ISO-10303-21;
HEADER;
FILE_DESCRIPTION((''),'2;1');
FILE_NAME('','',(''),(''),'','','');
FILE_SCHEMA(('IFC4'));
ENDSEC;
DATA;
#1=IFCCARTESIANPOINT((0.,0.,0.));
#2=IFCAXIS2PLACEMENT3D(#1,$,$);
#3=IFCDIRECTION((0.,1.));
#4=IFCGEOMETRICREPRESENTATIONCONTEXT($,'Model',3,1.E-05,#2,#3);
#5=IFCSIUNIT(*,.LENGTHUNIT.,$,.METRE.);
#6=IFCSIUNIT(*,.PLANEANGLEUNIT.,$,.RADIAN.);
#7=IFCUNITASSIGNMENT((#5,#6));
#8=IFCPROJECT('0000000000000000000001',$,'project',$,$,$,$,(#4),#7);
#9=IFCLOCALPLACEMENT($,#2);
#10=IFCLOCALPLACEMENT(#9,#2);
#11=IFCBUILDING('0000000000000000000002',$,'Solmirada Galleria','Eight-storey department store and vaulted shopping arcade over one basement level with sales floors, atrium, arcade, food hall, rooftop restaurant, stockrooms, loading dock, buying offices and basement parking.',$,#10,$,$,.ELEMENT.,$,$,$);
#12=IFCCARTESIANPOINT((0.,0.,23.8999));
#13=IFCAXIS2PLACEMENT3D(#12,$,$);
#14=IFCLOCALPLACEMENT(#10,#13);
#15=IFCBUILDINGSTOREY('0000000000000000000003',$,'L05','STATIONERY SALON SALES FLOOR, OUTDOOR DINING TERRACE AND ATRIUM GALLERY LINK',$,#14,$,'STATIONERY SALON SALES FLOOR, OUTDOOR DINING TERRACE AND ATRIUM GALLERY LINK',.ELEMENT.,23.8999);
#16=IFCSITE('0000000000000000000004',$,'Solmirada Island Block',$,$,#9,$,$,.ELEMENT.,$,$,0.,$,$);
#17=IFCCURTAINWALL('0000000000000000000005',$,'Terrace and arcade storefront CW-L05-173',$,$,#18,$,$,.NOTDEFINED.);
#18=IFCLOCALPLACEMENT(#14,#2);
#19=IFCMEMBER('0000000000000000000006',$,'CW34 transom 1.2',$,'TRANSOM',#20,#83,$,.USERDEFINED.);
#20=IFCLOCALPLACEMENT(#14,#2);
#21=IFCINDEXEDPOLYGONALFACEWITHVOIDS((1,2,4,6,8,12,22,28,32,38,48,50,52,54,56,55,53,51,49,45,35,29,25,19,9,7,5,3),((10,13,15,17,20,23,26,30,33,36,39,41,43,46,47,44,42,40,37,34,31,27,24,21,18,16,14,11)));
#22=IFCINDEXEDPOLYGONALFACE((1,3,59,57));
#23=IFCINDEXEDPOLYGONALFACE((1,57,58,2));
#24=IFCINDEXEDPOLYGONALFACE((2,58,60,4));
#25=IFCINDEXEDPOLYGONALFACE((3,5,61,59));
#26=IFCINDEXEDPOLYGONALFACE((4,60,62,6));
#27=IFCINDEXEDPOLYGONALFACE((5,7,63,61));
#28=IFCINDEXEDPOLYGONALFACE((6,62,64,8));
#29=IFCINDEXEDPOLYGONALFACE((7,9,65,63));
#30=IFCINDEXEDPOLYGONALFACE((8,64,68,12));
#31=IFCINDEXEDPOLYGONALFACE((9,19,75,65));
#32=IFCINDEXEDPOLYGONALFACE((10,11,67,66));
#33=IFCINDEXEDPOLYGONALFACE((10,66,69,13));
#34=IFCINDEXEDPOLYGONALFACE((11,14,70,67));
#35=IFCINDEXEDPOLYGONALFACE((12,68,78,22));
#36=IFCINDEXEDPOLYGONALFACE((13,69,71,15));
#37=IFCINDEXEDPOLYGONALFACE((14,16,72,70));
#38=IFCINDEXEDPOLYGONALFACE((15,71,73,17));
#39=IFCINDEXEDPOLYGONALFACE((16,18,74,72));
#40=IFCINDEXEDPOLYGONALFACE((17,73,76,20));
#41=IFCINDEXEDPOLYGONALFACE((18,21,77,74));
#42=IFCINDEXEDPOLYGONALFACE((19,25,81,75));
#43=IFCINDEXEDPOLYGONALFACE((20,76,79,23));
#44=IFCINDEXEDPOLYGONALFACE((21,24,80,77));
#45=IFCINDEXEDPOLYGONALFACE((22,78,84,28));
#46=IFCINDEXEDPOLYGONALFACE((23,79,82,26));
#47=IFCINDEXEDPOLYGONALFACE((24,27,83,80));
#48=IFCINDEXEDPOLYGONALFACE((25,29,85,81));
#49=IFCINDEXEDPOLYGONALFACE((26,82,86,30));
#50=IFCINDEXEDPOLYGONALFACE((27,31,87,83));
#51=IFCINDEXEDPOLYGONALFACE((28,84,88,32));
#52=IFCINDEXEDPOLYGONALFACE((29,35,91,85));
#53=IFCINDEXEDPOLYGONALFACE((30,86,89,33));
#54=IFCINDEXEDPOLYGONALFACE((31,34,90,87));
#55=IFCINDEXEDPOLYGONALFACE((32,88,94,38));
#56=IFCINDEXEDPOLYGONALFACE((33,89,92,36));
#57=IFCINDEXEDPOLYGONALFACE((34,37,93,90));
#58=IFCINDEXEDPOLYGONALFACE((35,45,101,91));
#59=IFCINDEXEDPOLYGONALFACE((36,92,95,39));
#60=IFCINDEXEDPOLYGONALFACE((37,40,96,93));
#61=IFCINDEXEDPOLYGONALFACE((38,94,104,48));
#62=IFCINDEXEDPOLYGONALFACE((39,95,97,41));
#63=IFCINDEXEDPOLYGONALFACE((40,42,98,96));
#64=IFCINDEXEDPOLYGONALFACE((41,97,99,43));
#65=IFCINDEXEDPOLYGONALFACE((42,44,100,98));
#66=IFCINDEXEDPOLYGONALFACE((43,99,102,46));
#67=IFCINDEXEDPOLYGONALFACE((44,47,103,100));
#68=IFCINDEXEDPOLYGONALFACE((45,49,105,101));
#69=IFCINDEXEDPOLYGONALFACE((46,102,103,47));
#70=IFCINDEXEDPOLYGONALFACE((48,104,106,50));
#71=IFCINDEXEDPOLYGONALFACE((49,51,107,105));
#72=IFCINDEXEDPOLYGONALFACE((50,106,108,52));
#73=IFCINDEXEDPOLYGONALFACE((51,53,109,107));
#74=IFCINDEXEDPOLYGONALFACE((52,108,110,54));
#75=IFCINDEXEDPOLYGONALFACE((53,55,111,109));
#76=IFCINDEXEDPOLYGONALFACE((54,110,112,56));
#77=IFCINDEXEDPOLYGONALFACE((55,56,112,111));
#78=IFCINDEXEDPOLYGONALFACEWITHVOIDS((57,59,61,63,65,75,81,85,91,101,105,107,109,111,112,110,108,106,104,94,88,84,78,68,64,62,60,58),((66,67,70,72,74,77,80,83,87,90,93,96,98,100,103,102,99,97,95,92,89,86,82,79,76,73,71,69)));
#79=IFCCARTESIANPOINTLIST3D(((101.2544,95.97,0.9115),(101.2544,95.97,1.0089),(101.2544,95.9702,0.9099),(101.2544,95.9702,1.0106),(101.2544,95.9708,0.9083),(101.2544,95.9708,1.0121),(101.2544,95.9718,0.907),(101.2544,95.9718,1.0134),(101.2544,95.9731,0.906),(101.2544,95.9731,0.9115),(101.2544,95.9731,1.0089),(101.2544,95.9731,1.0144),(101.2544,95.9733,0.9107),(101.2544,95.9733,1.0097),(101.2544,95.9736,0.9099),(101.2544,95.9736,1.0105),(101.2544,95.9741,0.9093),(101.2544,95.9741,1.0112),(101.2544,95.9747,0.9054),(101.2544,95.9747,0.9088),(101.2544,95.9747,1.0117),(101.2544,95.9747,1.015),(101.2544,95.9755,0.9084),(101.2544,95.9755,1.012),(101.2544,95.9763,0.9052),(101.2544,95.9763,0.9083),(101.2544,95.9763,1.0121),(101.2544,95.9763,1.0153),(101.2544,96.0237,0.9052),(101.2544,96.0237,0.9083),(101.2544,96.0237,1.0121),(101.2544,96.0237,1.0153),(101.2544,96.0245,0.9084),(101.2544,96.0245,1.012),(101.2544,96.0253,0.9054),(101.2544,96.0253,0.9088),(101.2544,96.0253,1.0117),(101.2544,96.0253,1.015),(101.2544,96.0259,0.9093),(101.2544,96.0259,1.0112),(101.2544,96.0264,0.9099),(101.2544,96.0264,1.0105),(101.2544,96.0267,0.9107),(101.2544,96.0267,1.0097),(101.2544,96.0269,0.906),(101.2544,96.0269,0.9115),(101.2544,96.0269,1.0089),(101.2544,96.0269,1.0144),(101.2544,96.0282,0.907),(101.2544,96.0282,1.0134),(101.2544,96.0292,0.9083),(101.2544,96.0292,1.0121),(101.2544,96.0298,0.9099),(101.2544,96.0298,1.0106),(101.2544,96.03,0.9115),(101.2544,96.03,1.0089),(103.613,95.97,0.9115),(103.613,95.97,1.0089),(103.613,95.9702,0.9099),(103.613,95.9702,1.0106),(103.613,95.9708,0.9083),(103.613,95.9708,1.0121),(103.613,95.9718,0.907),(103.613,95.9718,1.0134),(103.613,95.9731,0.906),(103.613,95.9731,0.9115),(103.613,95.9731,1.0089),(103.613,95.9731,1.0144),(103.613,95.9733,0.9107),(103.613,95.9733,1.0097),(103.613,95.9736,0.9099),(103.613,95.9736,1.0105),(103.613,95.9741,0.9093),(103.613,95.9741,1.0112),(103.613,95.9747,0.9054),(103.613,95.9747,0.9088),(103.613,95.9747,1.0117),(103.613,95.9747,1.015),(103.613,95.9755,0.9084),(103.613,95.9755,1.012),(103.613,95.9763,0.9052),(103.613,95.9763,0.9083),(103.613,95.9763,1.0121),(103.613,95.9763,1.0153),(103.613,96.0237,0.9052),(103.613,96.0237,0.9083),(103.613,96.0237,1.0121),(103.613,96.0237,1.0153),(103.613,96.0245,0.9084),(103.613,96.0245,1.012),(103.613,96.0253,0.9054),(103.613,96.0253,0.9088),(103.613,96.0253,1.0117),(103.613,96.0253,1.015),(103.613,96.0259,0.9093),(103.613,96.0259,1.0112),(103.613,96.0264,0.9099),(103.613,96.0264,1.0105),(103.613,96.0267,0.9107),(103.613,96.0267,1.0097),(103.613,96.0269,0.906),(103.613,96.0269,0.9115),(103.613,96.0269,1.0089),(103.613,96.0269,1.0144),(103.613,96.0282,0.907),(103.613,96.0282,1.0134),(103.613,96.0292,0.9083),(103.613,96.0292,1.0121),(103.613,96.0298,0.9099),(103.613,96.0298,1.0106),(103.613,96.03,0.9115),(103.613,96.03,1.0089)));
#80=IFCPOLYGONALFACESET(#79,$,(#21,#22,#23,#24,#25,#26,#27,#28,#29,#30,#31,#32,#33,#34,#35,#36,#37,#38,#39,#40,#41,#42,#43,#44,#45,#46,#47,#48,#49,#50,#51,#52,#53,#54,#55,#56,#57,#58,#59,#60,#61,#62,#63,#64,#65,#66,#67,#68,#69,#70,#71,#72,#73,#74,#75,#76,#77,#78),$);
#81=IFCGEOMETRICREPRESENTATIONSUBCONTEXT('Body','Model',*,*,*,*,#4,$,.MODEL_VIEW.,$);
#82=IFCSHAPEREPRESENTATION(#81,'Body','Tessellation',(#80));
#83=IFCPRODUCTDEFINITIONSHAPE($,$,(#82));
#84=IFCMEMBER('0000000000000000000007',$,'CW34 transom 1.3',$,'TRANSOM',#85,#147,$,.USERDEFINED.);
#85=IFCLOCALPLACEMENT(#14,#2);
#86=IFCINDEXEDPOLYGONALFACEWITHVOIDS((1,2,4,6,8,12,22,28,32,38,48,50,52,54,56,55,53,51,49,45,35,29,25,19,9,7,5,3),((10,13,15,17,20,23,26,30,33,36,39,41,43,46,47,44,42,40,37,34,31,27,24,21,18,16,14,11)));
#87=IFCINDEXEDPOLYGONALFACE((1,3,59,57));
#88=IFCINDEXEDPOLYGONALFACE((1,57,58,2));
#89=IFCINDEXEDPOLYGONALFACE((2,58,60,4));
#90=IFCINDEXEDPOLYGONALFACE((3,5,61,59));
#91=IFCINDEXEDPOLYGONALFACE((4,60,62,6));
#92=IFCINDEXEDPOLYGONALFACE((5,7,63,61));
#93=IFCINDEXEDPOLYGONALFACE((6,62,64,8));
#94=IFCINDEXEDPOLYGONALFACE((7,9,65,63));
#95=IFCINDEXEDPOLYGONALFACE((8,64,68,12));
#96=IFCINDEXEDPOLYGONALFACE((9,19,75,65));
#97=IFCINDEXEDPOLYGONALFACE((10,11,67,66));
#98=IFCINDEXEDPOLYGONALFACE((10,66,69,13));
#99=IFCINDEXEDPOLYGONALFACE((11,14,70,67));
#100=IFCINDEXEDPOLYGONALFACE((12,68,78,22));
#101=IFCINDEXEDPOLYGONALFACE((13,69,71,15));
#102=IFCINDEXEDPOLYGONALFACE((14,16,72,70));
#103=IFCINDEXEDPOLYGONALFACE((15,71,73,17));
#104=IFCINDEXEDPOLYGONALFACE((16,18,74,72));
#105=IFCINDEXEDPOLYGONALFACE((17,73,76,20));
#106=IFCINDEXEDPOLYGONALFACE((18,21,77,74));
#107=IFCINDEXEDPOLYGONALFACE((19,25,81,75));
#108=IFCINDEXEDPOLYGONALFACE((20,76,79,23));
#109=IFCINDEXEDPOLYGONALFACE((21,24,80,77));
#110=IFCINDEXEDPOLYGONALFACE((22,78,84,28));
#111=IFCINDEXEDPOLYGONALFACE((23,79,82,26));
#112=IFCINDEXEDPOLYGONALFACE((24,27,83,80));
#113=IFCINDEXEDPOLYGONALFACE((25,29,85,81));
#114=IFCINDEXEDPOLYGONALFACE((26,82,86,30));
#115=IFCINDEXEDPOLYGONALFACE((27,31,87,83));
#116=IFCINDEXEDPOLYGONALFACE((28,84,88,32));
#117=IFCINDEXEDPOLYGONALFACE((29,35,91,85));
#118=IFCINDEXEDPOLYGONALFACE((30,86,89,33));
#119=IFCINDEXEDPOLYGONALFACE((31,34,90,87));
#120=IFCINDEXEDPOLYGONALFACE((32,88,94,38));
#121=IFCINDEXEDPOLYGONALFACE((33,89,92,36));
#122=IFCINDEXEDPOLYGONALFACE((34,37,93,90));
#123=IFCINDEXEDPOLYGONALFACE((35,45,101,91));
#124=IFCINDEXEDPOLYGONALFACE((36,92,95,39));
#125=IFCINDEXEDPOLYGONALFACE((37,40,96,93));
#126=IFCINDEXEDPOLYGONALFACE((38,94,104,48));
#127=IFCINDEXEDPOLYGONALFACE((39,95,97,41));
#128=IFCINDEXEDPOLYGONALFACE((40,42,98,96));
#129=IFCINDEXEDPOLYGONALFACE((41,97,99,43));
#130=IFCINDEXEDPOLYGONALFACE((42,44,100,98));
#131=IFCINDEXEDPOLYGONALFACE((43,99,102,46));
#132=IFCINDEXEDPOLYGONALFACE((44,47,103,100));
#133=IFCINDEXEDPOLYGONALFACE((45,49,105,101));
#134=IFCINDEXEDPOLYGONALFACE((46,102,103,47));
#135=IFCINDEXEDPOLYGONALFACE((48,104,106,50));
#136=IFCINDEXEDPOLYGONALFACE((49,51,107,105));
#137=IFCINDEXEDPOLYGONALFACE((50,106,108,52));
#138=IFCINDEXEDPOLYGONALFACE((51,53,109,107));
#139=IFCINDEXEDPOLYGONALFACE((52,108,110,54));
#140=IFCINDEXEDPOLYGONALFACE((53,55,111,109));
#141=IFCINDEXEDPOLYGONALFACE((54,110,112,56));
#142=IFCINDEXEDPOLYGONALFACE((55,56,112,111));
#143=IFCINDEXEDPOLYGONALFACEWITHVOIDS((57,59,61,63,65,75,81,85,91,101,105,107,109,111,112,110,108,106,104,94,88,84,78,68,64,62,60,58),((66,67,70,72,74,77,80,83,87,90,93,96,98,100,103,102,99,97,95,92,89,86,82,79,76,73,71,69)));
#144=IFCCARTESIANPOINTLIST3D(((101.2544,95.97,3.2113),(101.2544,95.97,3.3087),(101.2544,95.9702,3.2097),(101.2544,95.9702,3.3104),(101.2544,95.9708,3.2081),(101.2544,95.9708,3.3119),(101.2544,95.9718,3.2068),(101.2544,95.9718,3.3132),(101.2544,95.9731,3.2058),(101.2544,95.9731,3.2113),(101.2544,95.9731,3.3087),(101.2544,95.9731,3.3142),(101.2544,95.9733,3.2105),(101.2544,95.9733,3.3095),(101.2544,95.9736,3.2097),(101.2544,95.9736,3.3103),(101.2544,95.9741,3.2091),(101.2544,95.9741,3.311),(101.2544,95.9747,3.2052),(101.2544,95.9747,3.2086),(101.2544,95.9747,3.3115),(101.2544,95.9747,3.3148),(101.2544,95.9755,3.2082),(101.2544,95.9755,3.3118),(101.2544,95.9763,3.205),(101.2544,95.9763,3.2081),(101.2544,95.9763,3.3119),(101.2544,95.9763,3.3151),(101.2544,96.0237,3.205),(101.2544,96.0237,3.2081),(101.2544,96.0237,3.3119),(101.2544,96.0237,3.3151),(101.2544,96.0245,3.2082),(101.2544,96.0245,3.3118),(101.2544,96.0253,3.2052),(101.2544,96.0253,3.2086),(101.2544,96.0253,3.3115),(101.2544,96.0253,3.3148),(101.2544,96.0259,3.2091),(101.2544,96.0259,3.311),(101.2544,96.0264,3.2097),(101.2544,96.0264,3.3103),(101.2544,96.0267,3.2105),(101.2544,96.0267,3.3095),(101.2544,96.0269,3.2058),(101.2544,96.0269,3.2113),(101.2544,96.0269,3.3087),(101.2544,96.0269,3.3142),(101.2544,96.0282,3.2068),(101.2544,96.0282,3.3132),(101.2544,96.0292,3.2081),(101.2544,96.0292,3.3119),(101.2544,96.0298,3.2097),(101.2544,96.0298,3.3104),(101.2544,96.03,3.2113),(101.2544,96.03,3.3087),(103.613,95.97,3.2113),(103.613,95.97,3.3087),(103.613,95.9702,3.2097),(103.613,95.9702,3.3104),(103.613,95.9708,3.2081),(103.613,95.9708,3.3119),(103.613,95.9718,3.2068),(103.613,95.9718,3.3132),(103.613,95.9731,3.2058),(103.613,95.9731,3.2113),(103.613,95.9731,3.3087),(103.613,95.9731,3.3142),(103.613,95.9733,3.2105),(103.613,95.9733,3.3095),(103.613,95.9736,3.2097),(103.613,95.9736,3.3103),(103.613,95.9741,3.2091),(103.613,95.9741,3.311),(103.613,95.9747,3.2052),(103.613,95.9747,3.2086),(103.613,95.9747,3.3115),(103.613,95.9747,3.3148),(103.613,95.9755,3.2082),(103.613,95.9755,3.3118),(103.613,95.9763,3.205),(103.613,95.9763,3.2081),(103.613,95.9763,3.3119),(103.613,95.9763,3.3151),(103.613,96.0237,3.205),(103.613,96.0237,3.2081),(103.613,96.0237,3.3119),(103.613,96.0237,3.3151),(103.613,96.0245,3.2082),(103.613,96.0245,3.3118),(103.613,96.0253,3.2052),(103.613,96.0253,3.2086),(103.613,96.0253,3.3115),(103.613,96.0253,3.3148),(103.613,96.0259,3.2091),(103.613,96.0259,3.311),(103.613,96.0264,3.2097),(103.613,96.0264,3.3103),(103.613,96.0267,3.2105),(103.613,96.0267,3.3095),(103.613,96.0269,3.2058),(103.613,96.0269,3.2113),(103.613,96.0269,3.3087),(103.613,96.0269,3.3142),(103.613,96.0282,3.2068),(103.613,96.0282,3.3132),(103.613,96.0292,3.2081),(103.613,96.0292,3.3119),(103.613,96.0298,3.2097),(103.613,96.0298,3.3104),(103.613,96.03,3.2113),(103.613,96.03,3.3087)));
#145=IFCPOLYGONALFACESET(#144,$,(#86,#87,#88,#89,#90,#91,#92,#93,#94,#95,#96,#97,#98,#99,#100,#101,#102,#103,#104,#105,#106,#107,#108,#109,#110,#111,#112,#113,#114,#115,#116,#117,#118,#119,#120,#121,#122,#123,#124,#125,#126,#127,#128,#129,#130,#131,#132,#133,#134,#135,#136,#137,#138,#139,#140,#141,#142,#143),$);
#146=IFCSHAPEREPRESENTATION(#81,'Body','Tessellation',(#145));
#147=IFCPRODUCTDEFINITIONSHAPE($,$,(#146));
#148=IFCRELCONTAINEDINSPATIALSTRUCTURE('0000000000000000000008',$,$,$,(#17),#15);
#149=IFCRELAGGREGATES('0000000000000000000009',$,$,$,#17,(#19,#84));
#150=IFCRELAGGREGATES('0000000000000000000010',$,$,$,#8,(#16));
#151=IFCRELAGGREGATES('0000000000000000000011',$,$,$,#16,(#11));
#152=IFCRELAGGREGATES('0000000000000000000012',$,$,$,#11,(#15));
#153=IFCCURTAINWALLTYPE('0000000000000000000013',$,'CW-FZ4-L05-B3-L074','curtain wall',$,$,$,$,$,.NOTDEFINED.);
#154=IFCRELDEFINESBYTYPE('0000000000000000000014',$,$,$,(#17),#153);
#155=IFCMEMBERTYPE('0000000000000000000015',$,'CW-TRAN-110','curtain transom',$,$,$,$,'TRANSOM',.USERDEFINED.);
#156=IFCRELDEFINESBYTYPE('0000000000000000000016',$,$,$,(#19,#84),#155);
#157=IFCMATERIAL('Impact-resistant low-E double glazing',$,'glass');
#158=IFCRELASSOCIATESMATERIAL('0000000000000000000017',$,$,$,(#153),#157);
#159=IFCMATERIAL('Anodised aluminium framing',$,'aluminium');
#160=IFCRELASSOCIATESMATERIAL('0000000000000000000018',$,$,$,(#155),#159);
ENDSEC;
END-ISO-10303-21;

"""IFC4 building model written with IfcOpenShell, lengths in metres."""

from ifc_helpers import new_model, si_unit, direction, frame, origin, origin_2d, place, context, subcontext, project, spatial, hollow_rectangle, extrude, material, material_profile, profile_set, type_object, element, aggregate, save


model = new_model("IFC4")

# Units and contexts
model_context = context("Model", 3, precision=1e-05, world=origin(), true_north=direction((0.0, 1.0)))
body_context = subcontext(model_context, "Body", "Model", "MODEL_VIEW")
ifc_project = project(units=[si_unit("LENGTHUNIT", "METRE"), si_unit("PLANEANGLEUNIT", "RADIAN")], contexts=[model_context])

# Site, building, storey
site_placement = place(None, origin())
site = spatial("IfcSite", under=ifc_project, at=site_placement, Name="Solmirada Island Block", CompositionType="ELEMENT", RefElevation=0.0)
building_placement = place(site_placement, origin())
building = spatial("IfcBuilding", under=site, at=building_placement, Name="Solmirada Galleria", Description="Eight-storey department store and vaulted shopping arcade over one basement level with sales floors, atrium, arcade, food hall, rooftop restaurant, stockrooms, loading dock, buying offices and basement parking.", CompositionType="ELEMENT")
storey_placement = place(building_placement, frame((0.0, 0.0, 23.8999)))
storey = spatial("IfcBuildingStorey", under=building, at=storey_placement, Name="L05", Description="STATIONERY SALON SALES FLOOR, OUTDOOR DINING TERRACE AND ATRIUM GALLERY LINK", LongName="STATIONERY SALON SALES FLOOR, OUTDOOR DINING TERRACE AND ATRIUM GALLERY LINK", CompositionType="ELEMENT", Elevation=23.8999)

# Curtain wall, members
ifc_material_1 = material(Name="Impact-resistant low-E double glazing", Category="glass")
curtain_wall_type_1 = type_object("IfcCurtainWallType", Name="CW-FZ4-L05-B3-L074", Description="curtain wall", PredefinedType="NOTDEFINED", material=ifc_material_1)
curtain_wall_1_placement = place(storey_placement, origin())
curtain_wall_1 = element("IfcCurtainWall", 1, at=curtain_wall_1_placement, inside=storey, type_object=curtain_wall_type_1, Name="Terrace and arcade storefront CW-L05-173", PredefinedType="NOTDEFINED")
ifc_material_2 = material(Name="Anodised aluminium framing", Category="aluminium")
ifc_material_profile_1 = material_profile(ifc_material_2, hollow_rectangle(XDim=0.0601, YDim=0.1101, WallThickness=0.0032, InnerFilletRadius=0.0032, OuterFilletRadius=0.0063, at=origin_2d()), Name="ALU-TRAN-110X60")
ifc_profile_set_1 = profile_set([ifc_material_profile_1], Name="Anodised aluminium framing")
member_type_1 = type_object("IfcMemberType", Name="CW-TRAN-110", Description="curtain transom", ElementType="TRANSOM", PredefinedType="USERDEFINED", material=ifc_profile_set_1)
member_1_placement = place(storey_placement, frame((103.613, 96.0, 0.9602), z_axis=(-1.0, 0.0, 0.0), x_axis=(0.0, -1.0, 0.0)))
member_1 = element("IfcMember", 2, at=member_1_placement, type_object=member_type_1, Name="CW34 transom 1.2", ObjectType="TRANSOM", PredefinedType="USERDEFINED", context=body_context, shape_type="SweptSolid", body=[
    extrude(hollow_rectangle(XDim=0.0601, YDim=0.1101, WallThickness=0.0032, InnerFilletRadius=0.0032, OuterFilletRadius=0.0063, at=origin_2d()), origin(), (0.0, 0.0, 1.0), 2.3586),
])
member_2_placement = place(storey_placement, frame((103.613, 96.0, 3.26), z_axis=(-1.0, 0.0, 0.0), x_axis=(0.0, -1.0, 0.0)))
member_2 = element("IfcMember", 3, at=member_2_placement, type_object=member_type_1, Name="CW34 transom 1.3", ObjectType="TRANSOM", PredefinedType="USERDEFINED", context=body_context, shape_type="SweptSolid", body=[
    extrude(hollow_rectangle(XDim=0.0601, YDim=0.1101, WallThickness=0.0032, InnerFilletRadius=0.0032, OuterFilletRadius=0.0063, at=origin_2d()), origin(), (0.0, 0.0, 1.0), 2.3586),
])

aggregate(curtain_wall_1, [member_1, member_2])

save(model, "model.ifc")
